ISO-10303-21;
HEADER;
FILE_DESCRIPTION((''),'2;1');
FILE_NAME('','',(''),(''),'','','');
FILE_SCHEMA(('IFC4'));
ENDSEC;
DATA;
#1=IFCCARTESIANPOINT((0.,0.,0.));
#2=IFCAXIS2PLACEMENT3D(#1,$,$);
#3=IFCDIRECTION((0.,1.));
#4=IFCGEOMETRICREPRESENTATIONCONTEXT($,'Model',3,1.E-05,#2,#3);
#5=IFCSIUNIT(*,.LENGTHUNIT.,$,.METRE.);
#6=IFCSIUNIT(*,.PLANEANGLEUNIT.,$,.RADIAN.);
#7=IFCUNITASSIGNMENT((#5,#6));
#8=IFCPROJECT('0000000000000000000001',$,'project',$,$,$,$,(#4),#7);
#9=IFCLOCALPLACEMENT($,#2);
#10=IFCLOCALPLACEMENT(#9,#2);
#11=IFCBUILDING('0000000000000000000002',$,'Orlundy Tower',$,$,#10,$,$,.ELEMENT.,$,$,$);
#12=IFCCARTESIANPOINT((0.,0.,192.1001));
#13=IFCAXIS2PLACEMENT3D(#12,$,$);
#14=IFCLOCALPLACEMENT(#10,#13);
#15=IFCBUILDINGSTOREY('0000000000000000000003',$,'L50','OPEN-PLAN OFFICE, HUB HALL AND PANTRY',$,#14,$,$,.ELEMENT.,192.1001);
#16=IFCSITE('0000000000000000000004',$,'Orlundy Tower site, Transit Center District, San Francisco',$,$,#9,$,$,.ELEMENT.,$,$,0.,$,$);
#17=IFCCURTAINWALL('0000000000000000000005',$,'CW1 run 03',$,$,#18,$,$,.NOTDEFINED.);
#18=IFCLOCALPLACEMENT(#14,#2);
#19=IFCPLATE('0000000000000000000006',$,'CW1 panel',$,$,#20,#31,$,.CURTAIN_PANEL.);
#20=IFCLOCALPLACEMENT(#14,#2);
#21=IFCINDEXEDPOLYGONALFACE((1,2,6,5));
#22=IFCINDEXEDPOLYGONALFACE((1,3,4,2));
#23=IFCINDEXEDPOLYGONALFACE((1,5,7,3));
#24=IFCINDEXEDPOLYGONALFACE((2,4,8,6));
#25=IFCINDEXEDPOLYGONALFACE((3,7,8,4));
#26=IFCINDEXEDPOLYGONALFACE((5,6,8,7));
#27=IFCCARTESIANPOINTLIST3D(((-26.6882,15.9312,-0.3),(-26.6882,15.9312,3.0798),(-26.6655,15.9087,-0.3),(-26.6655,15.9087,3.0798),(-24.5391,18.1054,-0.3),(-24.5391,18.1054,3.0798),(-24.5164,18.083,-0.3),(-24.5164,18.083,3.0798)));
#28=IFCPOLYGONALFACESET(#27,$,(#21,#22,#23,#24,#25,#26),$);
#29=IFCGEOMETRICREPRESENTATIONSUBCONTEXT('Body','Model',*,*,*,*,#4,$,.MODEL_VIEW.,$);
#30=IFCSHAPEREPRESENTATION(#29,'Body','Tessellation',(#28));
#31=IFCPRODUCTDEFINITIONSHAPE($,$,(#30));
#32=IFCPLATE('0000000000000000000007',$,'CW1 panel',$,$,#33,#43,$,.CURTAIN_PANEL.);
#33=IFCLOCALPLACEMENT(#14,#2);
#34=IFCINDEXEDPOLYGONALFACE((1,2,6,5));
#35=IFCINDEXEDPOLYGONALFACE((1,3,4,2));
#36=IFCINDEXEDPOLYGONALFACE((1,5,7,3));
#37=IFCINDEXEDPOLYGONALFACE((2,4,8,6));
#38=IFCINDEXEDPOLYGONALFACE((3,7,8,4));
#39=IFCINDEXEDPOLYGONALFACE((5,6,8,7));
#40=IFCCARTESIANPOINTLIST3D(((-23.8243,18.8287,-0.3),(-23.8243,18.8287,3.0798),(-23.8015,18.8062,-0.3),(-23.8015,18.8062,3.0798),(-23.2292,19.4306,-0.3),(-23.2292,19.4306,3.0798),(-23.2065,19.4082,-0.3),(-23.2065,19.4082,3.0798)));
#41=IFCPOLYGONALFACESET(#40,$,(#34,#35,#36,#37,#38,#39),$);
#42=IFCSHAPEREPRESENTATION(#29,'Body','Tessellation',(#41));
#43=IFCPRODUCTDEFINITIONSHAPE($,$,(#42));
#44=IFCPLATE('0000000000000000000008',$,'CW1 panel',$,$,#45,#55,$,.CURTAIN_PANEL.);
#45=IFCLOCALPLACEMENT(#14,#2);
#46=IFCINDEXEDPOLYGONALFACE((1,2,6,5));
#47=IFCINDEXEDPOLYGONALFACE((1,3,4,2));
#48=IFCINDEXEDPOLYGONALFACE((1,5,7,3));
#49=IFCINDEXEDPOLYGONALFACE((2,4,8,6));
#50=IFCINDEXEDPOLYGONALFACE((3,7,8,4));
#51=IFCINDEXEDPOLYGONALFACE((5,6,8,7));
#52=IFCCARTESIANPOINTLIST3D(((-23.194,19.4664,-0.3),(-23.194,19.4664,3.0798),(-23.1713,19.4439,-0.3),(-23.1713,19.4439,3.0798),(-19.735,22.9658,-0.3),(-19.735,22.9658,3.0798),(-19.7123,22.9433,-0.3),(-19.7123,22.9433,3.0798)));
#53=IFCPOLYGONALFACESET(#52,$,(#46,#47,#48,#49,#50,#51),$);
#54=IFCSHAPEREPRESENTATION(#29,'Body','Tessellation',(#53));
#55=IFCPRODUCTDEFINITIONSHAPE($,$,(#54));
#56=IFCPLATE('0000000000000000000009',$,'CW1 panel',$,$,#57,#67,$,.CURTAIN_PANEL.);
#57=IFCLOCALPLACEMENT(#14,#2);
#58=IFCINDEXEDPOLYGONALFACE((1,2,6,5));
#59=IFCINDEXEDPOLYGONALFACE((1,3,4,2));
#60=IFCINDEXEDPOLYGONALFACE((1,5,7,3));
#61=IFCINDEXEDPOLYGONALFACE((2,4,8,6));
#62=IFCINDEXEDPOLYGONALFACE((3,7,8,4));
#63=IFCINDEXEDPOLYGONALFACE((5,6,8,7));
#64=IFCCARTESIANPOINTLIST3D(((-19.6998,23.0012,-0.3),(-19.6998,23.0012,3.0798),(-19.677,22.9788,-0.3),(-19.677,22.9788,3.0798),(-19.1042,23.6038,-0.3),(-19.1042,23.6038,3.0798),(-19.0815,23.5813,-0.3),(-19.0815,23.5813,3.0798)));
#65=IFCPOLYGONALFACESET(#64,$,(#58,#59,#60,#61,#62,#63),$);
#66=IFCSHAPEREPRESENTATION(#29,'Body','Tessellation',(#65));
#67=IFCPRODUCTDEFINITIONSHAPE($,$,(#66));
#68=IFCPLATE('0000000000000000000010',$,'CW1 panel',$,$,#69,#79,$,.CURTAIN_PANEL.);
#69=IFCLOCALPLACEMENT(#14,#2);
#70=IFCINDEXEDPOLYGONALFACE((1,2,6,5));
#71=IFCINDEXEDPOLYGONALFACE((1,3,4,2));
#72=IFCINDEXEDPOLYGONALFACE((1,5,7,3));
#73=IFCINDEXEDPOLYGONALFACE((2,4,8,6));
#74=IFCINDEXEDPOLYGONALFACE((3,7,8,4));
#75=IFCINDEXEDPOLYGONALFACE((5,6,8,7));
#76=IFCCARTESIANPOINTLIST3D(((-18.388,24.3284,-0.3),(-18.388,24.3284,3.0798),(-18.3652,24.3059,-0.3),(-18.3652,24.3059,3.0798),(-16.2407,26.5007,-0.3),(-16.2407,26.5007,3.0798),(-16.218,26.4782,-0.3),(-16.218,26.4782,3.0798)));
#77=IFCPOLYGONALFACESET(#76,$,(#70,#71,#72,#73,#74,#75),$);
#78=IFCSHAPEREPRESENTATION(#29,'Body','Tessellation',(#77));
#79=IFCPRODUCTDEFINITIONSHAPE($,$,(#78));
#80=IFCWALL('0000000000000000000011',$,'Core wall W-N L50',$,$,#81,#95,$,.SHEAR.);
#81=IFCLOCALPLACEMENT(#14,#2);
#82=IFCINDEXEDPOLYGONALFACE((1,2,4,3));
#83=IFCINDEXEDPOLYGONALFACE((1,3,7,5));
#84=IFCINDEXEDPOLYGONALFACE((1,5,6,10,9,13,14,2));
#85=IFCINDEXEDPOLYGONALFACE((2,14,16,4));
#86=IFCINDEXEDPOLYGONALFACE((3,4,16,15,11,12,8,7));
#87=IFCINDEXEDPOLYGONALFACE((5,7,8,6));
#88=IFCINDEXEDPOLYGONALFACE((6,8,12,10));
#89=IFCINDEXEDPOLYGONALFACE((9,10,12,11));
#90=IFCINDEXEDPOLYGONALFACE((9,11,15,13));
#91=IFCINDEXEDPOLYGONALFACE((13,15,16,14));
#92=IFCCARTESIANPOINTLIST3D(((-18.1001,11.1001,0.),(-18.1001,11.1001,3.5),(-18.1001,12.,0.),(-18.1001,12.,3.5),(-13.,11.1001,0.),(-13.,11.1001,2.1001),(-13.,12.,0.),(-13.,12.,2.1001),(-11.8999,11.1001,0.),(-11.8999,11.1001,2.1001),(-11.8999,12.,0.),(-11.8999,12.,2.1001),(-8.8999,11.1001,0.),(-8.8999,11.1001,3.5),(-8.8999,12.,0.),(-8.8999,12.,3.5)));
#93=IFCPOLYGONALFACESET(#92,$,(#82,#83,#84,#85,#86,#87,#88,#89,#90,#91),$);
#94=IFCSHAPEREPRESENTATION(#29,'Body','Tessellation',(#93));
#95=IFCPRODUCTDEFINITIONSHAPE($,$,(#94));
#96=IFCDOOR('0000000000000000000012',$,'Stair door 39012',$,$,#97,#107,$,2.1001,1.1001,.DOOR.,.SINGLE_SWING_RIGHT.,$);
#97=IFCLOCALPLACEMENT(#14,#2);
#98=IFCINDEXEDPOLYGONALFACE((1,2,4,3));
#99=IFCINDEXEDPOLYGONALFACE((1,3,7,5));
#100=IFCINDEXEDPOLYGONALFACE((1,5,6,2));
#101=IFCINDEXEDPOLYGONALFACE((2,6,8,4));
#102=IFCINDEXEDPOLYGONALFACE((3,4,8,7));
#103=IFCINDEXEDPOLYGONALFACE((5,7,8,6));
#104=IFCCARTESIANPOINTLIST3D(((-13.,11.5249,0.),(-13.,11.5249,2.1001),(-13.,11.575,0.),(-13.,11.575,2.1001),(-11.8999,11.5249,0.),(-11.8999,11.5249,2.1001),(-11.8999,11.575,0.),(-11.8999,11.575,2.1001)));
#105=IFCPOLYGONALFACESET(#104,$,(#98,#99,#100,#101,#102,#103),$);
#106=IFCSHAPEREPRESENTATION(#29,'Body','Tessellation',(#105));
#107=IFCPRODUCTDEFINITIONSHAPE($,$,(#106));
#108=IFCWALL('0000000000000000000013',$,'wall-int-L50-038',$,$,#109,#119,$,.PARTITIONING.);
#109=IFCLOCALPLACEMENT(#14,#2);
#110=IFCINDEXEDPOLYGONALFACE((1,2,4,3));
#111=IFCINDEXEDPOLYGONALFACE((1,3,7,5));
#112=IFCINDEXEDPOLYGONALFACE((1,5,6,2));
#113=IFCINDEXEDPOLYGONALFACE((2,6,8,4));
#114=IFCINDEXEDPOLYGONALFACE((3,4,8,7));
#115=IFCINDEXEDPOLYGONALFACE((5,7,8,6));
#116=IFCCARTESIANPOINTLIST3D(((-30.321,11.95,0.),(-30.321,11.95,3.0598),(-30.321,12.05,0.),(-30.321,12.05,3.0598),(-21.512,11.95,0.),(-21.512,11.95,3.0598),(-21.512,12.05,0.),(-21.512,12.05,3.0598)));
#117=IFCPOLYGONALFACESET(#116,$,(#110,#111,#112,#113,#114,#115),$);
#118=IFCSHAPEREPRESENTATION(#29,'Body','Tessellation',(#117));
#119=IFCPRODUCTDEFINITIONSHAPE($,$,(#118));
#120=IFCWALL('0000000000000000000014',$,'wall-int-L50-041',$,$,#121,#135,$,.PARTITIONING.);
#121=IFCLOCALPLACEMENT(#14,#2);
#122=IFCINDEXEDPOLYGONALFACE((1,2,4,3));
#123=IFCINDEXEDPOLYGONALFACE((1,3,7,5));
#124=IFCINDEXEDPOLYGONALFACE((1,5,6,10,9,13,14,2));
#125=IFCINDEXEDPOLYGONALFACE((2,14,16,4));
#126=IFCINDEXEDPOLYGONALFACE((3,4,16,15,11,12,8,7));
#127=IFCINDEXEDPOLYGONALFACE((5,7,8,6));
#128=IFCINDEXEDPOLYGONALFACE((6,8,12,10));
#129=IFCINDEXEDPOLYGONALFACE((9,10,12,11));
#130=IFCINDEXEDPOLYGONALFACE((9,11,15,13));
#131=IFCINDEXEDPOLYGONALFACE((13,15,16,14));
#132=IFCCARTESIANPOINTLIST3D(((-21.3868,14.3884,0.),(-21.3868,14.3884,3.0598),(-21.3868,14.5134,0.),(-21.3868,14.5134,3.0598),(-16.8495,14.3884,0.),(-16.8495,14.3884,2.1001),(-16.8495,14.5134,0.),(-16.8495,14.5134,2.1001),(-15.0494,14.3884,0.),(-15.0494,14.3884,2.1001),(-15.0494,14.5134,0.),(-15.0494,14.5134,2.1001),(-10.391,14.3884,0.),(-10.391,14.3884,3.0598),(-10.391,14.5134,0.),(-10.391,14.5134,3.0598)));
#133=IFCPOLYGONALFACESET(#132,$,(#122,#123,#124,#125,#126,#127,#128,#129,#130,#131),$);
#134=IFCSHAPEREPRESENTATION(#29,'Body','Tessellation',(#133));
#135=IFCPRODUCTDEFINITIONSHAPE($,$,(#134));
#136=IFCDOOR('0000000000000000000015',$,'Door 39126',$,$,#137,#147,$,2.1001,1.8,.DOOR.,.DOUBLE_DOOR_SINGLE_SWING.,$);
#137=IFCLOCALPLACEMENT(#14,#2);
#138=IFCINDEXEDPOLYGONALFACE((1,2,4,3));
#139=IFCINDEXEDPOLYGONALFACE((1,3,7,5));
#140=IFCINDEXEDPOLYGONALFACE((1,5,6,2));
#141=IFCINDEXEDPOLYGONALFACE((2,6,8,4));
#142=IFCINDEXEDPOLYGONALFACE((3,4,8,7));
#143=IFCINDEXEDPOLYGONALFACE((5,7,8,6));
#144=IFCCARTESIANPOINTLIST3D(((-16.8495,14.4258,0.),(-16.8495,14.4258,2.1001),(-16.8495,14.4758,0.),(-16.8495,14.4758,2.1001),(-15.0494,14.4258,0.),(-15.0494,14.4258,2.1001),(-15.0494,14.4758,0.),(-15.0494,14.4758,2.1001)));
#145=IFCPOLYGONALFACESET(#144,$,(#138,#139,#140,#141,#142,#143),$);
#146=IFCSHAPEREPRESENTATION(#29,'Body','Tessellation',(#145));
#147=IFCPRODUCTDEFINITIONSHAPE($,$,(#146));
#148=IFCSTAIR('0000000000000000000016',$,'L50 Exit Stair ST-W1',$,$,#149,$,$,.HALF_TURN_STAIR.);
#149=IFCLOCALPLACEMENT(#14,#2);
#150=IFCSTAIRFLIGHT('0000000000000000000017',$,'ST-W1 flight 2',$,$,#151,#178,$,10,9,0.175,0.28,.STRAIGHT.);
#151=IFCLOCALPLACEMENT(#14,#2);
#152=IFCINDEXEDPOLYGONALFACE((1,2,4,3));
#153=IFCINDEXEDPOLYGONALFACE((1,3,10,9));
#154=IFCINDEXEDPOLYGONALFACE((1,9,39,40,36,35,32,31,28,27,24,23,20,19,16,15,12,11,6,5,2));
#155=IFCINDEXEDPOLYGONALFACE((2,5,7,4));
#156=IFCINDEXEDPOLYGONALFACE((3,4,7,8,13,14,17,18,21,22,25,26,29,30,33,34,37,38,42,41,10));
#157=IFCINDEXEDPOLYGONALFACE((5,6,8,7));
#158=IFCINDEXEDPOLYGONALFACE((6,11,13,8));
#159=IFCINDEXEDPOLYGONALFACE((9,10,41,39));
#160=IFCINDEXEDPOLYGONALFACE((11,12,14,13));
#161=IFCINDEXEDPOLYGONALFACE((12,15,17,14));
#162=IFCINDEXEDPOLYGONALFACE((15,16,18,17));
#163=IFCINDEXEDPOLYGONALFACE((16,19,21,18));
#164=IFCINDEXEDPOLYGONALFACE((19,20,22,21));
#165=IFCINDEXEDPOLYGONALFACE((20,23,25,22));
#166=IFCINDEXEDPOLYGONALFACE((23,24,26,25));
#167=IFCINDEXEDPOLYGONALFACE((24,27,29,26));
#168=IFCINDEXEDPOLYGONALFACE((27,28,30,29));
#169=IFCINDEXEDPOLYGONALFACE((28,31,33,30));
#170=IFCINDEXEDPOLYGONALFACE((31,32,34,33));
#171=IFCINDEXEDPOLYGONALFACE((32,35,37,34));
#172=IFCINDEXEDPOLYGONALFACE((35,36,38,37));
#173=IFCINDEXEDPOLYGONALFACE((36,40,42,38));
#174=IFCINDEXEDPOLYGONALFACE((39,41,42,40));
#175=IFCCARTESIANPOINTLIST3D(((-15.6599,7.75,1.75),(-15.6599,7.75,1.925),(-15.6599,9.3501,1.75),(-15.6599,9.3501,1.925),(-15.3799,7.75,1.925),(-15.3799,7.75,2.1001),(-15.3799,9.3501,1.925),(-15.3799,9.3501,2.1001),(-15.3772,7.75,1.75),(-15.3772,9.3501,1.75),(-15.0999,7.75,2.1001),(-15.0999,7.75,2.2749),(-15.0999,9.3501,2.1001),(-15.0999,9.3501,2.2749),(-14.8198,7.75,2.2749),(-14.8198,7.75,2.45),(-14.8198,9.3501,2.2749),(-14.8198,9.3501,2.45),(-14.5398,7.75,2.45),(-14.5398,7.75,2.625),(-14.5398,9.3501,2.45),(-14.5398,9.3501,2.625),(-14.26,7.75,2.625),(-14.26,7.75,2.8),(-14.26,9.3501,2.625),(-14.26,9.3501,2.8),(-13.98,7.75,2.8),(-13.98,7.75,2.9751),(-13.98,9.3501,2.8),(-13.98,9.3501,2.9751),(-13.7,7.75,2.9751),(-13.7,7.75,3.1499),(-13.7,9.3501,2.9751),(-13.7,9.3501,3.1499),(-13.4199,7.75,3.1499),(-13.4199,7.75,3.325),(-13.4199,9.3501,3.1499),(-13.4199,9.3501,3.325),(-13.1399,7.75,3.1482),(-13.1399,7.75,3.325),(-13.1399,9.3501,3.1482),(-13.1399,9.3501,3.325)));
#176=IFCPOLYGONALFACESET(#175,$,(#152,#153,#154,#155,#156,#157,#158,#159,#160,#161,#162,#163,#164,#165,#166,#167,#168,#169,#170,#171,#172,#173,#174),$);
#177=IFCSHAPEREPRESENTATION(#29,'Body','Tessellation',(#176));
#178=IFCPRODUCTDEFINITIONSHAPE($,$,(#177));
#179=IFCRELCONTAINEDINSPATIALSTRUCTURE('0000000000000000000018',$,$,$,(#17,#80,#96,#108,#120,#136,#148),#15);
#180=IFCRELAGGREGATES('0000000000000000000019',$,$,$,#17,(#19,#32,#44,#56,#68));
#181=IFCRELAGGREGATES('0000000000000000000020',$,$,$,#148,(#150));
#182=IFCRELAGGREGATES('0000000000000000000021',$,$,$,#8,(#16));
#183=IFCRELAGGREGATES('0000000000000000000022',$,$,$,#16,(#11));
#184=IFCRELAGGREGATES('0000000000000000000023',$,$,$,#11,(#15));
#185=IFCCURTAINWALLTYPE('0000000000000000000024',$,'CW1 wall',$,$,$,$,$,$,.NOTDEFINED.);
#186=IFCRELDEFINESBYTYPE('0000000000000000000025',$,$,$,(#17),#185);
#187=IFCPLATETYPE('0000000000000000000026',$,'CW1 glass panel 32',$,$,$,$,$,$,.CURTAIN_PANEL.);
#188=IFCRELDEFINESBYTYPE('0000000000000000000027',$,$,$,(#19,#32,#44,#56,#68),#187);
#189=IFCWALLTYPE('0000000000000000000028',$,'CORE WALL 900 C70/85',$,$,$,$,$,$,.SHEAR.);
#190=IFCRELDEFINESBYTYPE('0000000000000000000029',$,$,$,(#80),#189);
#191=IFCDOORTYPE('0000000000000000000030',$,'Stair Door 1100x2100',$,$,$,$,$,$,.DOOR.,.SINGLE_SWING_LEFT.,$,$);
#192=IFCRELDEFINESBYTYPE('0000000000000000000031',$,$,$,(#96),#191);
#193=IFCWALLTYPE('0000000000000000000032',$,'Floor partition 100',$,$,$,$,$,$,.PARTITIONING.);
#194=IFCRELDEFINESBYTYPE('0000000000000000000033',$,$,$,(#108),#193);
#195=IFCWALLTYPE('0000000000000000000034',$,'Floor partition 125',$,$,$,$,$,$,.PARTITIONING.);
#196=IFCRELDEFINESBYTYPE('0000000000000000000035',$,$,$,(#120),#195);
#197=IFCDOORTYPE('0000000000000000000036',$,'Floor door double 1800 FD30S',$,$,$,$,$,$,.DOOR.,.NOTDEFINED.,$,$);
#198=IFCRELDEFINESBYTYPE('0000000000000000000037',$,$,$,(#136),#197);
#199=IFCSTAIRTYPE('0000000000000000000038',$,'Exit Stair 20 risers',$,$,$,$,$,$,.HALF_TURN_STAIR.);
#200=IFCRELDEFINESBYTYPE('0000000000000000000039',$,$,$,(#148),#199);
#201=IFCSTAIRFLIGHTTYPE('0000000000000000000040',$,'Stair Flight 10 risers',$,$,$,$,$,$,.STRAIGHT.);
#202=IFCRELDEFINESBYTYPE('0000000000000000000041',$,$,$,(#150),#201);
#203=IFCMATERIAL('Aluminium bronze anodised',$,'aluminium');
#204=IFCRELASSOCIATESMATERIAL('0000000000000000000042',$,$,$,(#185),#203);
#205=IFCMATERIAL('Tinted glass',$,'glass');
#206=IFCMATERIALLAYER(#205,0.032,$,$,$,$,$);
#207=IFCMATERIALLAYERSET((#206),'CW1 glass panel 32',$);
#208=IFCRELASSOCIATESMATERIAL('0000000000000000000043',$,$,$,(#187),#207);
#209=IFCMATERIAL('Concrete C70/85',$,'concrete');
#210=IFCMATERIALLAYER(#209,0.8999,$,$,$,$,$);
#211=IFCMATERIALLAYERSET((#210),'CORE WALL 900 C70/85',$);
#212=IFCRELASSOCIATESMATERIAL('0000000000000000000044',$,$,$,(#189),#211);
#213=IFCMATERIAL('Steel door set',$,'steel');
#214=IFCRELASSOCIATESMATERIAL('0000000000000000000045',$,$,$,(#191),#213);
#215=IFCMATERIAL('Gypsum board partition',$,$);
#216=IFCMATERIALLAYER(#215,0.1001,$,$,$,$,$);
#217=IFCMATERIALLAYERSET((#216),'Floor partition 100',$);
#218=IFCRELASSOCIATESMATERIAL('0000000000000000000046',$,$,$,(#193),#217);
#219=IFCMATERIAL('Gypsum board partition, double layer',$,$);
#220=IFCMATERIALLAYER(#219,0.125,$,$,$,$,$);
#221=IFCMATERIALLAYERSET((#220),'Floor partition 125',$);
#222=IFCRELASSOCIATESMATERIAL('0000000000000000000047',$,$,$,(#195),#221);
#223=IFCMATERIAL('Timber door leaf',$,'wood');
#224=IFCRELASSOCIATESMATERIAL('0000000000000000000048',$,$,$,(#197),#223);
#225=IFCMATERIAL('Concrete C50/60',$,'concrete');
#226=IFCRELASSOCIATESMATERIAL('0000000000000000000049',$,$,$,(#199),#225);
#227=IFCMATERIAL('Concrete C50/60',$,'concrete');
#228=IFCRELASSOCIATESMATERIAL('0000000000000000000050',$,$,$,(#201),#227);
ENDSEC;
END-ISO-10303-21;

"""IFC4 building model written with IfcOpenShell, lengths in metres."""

from ifc_helpers import new_model, si_unit, direction, frame, frame_2d, origin, origin_2d, place, context, subcontext, project, spatial, polyline, rectangle, outline, extrude, material, layer, layer_set, type_object, element, fill, aggregate, save


model = new_model("IFC4")

# Units and contexts
model_context = context("Model", 3, precision=1e-05, world=origin(), true_north=direction((0.0, 1.0)))
body_context = subcontext(model_context, "Body", "Model", "MODEL_VIEW")
ifc_project = project(units=[si_unit("LENGTHUNIT", "METRE"), si_unit("PLANEANGLEUNIT", "RADIAN")], contexts=[model_context])

# Site, building, storey
site_placement = place(None, origin())
site = spatial("IfcSite", under=ifc_project, at=site_placement, Name="Orlundy Tower site, Transit Center District, San Francisco", CompositionType="ELEMENT", RefElevation=0.0)
building_placement = place(site_placement, origin())
building = spatial("IfcBuilding", under=site, at=building_placement, Name="Orlundy Tower", CompositionType="ELEMENT")
storey_placement = place(building_placement, frame((0.0, 0.0, 192.1001)))
storey = spatial("IfcBuildingStorey", under=building, at=storey_placement, Name="L50", Description="OPEN-PLAN OFFICE, HUB HALL AND PANTRY", CompositionType="ELEMENT", Elevation=192.1001)

# Curtain wall
ifc_material_1 = material(Name="Aluminium bronze anodised", Category="aluminium")
curtain_wall_type = type_object("IfcCurtainWallType", Name="CW1 wall", PredefinedType="NOTDEFINED", material=ifc_material_1)
curtain_wall_1_placement = place(storey_placement, origin())
curtain_wall_1 = element("IfcCurtainWall", 1, at=curtain_wall_1_placement, inside=storey, type_object=curtain_wall_type, Name="CW1 run 03", PredefinedType="NOTDEFINED")

# Plates
ifc_material_2 = material(Name="Tinted glass", Category="glass")
ifc_layer_1 = layer(ifc_material_2, 0.032)
ifc_layer_set_1 = layer_set([ifc_layer_1], Name="CW1 glass panel 32")
plate_type = type_object("IfcPlateType", Name="CW1 glass panel 32", PredefinedType="CURTAIN_PANEL", material=ifc_layer_set_1)
plate_1_placement = place(storey_placement, frame((-25.6023, 17.0071, -0.3), z_axis=(0.0, 0.0, 1.0), x_axis=(0.702991, 0.711199, 0.0)))
plate_1 = element("IfcPlate", 2, at=plate_1_placement, type_object=plate_type, Name="CW1 panel", PredefinedType="CURTAIN_PANEL", context=body_context, shape_type="SweptSolid", body=[
    extrude(rectangle(XDim=3.0571, YDim=0.032, at=origin_2d()), origin(), (0.0, 0.0, 1.0), 3.3799),
])
plate_2_placement = place(storey_placement, frame((-23.5154, 19.1184, -0.3), z_axis=(0.0, 0.0, 1.0), x_axis=(0.702991, 0.711199, 0.0)))
plate_2 = element("IfcPlate", 3, at=plate_2_placement, type_object=plate_type, Name="CW1 panel", PredefinedType="CURTAIN_PANEL", context=body_context, shape_type="SweptSolid", body=[
    extrude(rectangle(XDim=0.8464, YDim=0.032, at=origin_2d()), origin(), (0.0, 0.0, 1.0), 3.3799),
])
plate_3_placement = place(storey_placement, frame((-21.4531, 21.2048, -0.3), z_axis=(0.0, 0.0, 1.0), x_axis=(0.702991, 0.711199, 0.0)))
plate_3 = element("IfcPlate", 4, at=plate_3_placement, type_object=plate_type, Name="CW1 panel", PredefinedType="CURTAIN_PANEL", context=body_context, shape_type="SweptSolid", body=[
    extrude(rectangle(XDim=4.9204, YDim=0.032, at=origin_2d()), origin(), (0.0, 0.0, 1.0), 3.3799),
])
plate_4_placement = place(storey_placement, frame((-19.3906, 23.2913, -0.3), z_axis=(0.0, 0.0, 1.0), x_axis=(0.702991, 0.711199, 0.0)))
plate_4 = element("IfcPlate", 5, at=plate_4_placement, type_object=plate_type, Name="CW1 panel", PredefinedType="CURTAIN_PANEL", context=body_context, shape_type="SweptSolid", body=[
    extrude(rectangle(XDim=0.8472, YDim=0.032, at=origin_2d()), origin(), (0.0, 0.0, 1.0), 3.3799),
])
plate_5_placement = place(storey_placement, frame((-17.303, 25.4033, -0.3), z_axis=(0.0, 0.0, 1.0), x_axis=(0.702991, 0.711199, 0.0)))
plate_5 = element("IfcPlate", 6, at=plate_5_placement, type_object=plate_type, Name="CW1 panel", PredefinedType="CURTAIN_PANEL", context=body_context, shape_type="SweptSolid", body=[
    extrude(rectangle(XDim=3.0544, YDim=0.032, at=origin_2d()), origin(), (0.0, 0.0, 1.0), 3.3799),
])
aggregate(curtain_wall_1, [plate_1, plate_2, plate_3, plate_4, plate_5])

# Wall, opening, door
ifc_material_3 = material(Name="Concrete C70/85", Category="concrete")
ifc_layer_2 = layer(ifc_material_3, 0.8999)
ifc_layer_set_2 = layer_set([ifc_layer_2], Name="CORE WALL 900 C70/85")
wall_type_1 = type_object("IfcWallType", Name="CORE WALL 900 C70/85", PredefinedType="SHEAR", material=ifc_layer_set_2)
wall_1_placement = place(storey_placement, frame((-18.1001, 11.55, 0.0), z_axis=(0.0, 0.0, 1.0), x_axis=(1.0, 0.0, 0.0)))
wall_1 = element("IfcWall", 7, at=wall_1_placement, inside=storey, type_object=wall_type_1, Name="Core wall W-N L50", PredefinedType="SHEAR", context=body_context, shape_type="SweptSolid", body=[
    extrude(rectangle(XDim=9.2002, YDim=0.8999, at=frame_2d((4.6001, 0.0))), origin(), (0.0, 0.0, 1.0), 3.5),
])
opening_1_placement = place(wall_1_placement, frame((5.1001, 0.0, 0.0)))
opening_1 = element("IfcOpeningElement", 8, at=opening_1_placement, cuts=wall_1, PredefinedType="OPENING", context=body_context, shape_type="SweptSolid", body=[
    extrude(rectangle(XDim=1.1001, YDim=2.1001, at=frame_2d((0.55, 1.05))), frame((0.0, 0.46, 0.0), z_axis=(0.0, -1.0, 0.0), x_axis=(1.0, 0.0, 0.0)), (0.0, 0.0, 1.0), 0.9199),
])
ifc_material_4 = material(Name="Steel door set", Category="steel")
door_type_1 = type_object("IfcDoorType", Name="Stair Door 1100x2100", OperationType="SINGLE_SWING_LEFT", PredefinedType="DOOR", material=ifc_material_4)
door_1_placement = place(opening_1_placement, origin())
door_1 = element("IfcDoor", 9, at=door_1_placement, inside=storey, type_object=door_type_1, Name="Stair door 39012", OperationType="SINGLE_SWING_RIGHT", OverallHeight=2.1001, OverallWidth=1.1001, PredefinedType="DOOR", context=body_context, shape_type="SweptSolid", body=[
    extrude(rectangle(XDim=1.1001, YDim=2.1001, at=frame_2d((0.55, 1.05))), frame((0.0, 0.0249, 0.0), z_axis=(0.0, -1.0, 0.0), x_axis=(1.0, 0.0, 0.0)), (0.0, 0.0, 1.0), 0.05),
])
fill(opening_1, door_1)

# Wall
ifc_material_5 = material(Name="Gypsum board partition")
ifc_layer_3 = layer(ifc_material_5, 0.1001)
ifc_layer_set_3 = layer_set([ifc_layer_3], Name="Floor partition 100")
wall_type_2 = type_object("IfcWallType", Name="Floor partition 100", PredefinedType="PARTITIONING", material=ifc_layer_set_3)
wall_2_placement = place(storey_placement, frame((-30.321, 12.0, 0.0), z_axis=(0.0, 0.0, 1.0), x_axis=(1.0, 0.0, 0.0)))
element("IfcWall", 10, at=wall_2_placement, inside=storey, type_object=wall_type_2, Name="wall-int-L50-038", PredefinedType="PARTITIONING", context=body_context, shape_type="SweptSolid", body=[
    extrude(rectangle(XDim=8.8091, YDim=0.1001, at=frame_2d((4.4045, 0.0))), origin(), (0.0, 0.0, 1.0), 3.0598),
])

# Wall, opening, door
ifc_material_6 = material(Name="Gypsum board partition, double layer")
ifc_layer_4 = layer(ifc_material_6, 0.125)
ifc_layer_set_4 = layer_set([ifc_layer_4], Name="Floor partition 125")
wall_type_3 = type_object("IfcWallType", Name="Floor partition 125", PredefinedType="PARTITIONING", material=ifc_layer_set_4)
wall_3_placement = place(storey_placement, frame((-21.387, 14.4509, 0.0), z_axis=(0.0, 0.0, 1.0), x_axis=(1.0, 0.0, 0.0)))
wall_3 = element("IfcWall", 11, at=wall_3_placement, inside=storey, type_object=wall_type_3, Name="wall-int-L50-041", PredefinedType="PARTITIONING", context=body_context, shape_type="SweptSolid", body=[
    extrude(rectangle(XDim=10.9958, YDim=0.125, at=frame_2d((5.498, 0.0))), origin(), (0.0, 0.0, 1.0), 3.0598),
])
opening_2_placement = place(wall_3_placement, frame((4.5376, 0.0, 0.0)))
opening_2 = element("IfcOpeningElement", 12, at=opening_2_placement, cuts=wall_3, PredefinedType="OPENING", context=body_context, shape_type="SweptSolid", body=[
    extrude(rectangle(XDim=1.8, YDim=2.1001, at=frame_2d((0.8999, 1.05))), frame((0.0, 0.0725, 0.0), z_axis=(0.0, -1.0, 0.0), x_axis=(1.0, 0.0, 0.0)), (0.0, 0.0, 1.0), 0.145),
])
ifc_material_7 = material(Name="Timber door leaf", Category="wood")
door_type_2 = type_object("IfcDoorType", Name="Floor door double 1800 FD30S", OperationType="NOTDEFINED", PredefinedType="DOOR", material=ifc_material_7)
door_2_placement = place(opening_2_placement, origin())
door_2 = element("IfcDoor", 13, at=door_2_placement, inside=storey, type_object=door_type_2, Name="Door 39126", OperationType="DOUBLE_DOOR_SINGLE_SWING", OverallHeight=2.1001, OverallWidth=1.8, PredefinedType="DOOR", context=body_context, shape_type="SweptSolid", body=[
    extrude(rectangle(XDim=1.8, YDim=2.1001, at=frame_2d((0.8999, 1.05))), frame((0.0, 0.0249, 0.0), z_axis=(0.0, -1.0, 0.0), x_axis=(1.0, 0.0, 0.0)), (0.0, 0.0, 1.0), 0.05),
])
fill(opening_2, door_2)

# Stair, stair flight
ifc_material_8 = material(Name="Concrete C50/60", Category="concrete")
stair_type = type_object("IfcStairType", Name="Exit Stair 20 risers", PredefinedType="HALF_TURN_STAIR", material=ifc_material_8)
stair_placement = place(storey_placement, origin())
stair = element("IfcStair", 14, at=stair_placement, inside=storey, type_object=stair_type, Name="L50 Exit Stair ST-W1", PredefinedType="HALF_TURN_STAIR")
ifc_material_9 = material(Name="Concrete C50/60", Category="concrete")
stair_flight_type = type_object("IfcStairFlightType", Name="Stair Flight 10 risers", PredefinedType="STRAIGHT", material=ifc_material_9)
stair_flight_placement = place(storey_placement, frame((-15.6599, 8.55, 1.75), z_axis=(0.0, 0.0, 1.0), x_axis=(1.0, 0.0, 0.0)))
stair_flight = element("IfcStairFlight", 15, at=stair_flight_placement, type_object=stair_flight_type, Name="ST-W1 flight 2", NumberOfRisers=10, NumberOfTreads=9, PredefinedType="STRAIGHT", RiserHeight=0.175, TreadLength=0.28, context=body_context, shape_type="SweptSolid", body=[
    extrude(outline(polyline([(0.0, 0.0), (0.0, 0.175), (0.28, 0.175), (0.28, 0.3501), (0.5601, 0.3501), (0.5601, 0.5249), (0.8401, 0.5249), (0.8401, 0.7), (1.1201, 0.7), (1.1201, 0.875), (1.3999, 0.875), (1.3999, 1.05), (1.6799, 1.05), (1.6799, 1.2251), (1.96, 1.2251), (1.96, 1.3999), (2.24, 1.3999), (2.24, 1.575), (2.52, 1.575), (2.52, 1.75), (2.52, 1.3982), (0.2827, 0.0), (0.0, 0.0)])), frame((0.0, 0.8, 0.0), z_axis=(0.0, -1.0, 0.0), x_axis=(1.0, 0.0, 0.0)), (0.0, 0.0, 1.0), 1.6001),
])
aggregate(stair, [stair_flight])

save(model, "model.ifc")
